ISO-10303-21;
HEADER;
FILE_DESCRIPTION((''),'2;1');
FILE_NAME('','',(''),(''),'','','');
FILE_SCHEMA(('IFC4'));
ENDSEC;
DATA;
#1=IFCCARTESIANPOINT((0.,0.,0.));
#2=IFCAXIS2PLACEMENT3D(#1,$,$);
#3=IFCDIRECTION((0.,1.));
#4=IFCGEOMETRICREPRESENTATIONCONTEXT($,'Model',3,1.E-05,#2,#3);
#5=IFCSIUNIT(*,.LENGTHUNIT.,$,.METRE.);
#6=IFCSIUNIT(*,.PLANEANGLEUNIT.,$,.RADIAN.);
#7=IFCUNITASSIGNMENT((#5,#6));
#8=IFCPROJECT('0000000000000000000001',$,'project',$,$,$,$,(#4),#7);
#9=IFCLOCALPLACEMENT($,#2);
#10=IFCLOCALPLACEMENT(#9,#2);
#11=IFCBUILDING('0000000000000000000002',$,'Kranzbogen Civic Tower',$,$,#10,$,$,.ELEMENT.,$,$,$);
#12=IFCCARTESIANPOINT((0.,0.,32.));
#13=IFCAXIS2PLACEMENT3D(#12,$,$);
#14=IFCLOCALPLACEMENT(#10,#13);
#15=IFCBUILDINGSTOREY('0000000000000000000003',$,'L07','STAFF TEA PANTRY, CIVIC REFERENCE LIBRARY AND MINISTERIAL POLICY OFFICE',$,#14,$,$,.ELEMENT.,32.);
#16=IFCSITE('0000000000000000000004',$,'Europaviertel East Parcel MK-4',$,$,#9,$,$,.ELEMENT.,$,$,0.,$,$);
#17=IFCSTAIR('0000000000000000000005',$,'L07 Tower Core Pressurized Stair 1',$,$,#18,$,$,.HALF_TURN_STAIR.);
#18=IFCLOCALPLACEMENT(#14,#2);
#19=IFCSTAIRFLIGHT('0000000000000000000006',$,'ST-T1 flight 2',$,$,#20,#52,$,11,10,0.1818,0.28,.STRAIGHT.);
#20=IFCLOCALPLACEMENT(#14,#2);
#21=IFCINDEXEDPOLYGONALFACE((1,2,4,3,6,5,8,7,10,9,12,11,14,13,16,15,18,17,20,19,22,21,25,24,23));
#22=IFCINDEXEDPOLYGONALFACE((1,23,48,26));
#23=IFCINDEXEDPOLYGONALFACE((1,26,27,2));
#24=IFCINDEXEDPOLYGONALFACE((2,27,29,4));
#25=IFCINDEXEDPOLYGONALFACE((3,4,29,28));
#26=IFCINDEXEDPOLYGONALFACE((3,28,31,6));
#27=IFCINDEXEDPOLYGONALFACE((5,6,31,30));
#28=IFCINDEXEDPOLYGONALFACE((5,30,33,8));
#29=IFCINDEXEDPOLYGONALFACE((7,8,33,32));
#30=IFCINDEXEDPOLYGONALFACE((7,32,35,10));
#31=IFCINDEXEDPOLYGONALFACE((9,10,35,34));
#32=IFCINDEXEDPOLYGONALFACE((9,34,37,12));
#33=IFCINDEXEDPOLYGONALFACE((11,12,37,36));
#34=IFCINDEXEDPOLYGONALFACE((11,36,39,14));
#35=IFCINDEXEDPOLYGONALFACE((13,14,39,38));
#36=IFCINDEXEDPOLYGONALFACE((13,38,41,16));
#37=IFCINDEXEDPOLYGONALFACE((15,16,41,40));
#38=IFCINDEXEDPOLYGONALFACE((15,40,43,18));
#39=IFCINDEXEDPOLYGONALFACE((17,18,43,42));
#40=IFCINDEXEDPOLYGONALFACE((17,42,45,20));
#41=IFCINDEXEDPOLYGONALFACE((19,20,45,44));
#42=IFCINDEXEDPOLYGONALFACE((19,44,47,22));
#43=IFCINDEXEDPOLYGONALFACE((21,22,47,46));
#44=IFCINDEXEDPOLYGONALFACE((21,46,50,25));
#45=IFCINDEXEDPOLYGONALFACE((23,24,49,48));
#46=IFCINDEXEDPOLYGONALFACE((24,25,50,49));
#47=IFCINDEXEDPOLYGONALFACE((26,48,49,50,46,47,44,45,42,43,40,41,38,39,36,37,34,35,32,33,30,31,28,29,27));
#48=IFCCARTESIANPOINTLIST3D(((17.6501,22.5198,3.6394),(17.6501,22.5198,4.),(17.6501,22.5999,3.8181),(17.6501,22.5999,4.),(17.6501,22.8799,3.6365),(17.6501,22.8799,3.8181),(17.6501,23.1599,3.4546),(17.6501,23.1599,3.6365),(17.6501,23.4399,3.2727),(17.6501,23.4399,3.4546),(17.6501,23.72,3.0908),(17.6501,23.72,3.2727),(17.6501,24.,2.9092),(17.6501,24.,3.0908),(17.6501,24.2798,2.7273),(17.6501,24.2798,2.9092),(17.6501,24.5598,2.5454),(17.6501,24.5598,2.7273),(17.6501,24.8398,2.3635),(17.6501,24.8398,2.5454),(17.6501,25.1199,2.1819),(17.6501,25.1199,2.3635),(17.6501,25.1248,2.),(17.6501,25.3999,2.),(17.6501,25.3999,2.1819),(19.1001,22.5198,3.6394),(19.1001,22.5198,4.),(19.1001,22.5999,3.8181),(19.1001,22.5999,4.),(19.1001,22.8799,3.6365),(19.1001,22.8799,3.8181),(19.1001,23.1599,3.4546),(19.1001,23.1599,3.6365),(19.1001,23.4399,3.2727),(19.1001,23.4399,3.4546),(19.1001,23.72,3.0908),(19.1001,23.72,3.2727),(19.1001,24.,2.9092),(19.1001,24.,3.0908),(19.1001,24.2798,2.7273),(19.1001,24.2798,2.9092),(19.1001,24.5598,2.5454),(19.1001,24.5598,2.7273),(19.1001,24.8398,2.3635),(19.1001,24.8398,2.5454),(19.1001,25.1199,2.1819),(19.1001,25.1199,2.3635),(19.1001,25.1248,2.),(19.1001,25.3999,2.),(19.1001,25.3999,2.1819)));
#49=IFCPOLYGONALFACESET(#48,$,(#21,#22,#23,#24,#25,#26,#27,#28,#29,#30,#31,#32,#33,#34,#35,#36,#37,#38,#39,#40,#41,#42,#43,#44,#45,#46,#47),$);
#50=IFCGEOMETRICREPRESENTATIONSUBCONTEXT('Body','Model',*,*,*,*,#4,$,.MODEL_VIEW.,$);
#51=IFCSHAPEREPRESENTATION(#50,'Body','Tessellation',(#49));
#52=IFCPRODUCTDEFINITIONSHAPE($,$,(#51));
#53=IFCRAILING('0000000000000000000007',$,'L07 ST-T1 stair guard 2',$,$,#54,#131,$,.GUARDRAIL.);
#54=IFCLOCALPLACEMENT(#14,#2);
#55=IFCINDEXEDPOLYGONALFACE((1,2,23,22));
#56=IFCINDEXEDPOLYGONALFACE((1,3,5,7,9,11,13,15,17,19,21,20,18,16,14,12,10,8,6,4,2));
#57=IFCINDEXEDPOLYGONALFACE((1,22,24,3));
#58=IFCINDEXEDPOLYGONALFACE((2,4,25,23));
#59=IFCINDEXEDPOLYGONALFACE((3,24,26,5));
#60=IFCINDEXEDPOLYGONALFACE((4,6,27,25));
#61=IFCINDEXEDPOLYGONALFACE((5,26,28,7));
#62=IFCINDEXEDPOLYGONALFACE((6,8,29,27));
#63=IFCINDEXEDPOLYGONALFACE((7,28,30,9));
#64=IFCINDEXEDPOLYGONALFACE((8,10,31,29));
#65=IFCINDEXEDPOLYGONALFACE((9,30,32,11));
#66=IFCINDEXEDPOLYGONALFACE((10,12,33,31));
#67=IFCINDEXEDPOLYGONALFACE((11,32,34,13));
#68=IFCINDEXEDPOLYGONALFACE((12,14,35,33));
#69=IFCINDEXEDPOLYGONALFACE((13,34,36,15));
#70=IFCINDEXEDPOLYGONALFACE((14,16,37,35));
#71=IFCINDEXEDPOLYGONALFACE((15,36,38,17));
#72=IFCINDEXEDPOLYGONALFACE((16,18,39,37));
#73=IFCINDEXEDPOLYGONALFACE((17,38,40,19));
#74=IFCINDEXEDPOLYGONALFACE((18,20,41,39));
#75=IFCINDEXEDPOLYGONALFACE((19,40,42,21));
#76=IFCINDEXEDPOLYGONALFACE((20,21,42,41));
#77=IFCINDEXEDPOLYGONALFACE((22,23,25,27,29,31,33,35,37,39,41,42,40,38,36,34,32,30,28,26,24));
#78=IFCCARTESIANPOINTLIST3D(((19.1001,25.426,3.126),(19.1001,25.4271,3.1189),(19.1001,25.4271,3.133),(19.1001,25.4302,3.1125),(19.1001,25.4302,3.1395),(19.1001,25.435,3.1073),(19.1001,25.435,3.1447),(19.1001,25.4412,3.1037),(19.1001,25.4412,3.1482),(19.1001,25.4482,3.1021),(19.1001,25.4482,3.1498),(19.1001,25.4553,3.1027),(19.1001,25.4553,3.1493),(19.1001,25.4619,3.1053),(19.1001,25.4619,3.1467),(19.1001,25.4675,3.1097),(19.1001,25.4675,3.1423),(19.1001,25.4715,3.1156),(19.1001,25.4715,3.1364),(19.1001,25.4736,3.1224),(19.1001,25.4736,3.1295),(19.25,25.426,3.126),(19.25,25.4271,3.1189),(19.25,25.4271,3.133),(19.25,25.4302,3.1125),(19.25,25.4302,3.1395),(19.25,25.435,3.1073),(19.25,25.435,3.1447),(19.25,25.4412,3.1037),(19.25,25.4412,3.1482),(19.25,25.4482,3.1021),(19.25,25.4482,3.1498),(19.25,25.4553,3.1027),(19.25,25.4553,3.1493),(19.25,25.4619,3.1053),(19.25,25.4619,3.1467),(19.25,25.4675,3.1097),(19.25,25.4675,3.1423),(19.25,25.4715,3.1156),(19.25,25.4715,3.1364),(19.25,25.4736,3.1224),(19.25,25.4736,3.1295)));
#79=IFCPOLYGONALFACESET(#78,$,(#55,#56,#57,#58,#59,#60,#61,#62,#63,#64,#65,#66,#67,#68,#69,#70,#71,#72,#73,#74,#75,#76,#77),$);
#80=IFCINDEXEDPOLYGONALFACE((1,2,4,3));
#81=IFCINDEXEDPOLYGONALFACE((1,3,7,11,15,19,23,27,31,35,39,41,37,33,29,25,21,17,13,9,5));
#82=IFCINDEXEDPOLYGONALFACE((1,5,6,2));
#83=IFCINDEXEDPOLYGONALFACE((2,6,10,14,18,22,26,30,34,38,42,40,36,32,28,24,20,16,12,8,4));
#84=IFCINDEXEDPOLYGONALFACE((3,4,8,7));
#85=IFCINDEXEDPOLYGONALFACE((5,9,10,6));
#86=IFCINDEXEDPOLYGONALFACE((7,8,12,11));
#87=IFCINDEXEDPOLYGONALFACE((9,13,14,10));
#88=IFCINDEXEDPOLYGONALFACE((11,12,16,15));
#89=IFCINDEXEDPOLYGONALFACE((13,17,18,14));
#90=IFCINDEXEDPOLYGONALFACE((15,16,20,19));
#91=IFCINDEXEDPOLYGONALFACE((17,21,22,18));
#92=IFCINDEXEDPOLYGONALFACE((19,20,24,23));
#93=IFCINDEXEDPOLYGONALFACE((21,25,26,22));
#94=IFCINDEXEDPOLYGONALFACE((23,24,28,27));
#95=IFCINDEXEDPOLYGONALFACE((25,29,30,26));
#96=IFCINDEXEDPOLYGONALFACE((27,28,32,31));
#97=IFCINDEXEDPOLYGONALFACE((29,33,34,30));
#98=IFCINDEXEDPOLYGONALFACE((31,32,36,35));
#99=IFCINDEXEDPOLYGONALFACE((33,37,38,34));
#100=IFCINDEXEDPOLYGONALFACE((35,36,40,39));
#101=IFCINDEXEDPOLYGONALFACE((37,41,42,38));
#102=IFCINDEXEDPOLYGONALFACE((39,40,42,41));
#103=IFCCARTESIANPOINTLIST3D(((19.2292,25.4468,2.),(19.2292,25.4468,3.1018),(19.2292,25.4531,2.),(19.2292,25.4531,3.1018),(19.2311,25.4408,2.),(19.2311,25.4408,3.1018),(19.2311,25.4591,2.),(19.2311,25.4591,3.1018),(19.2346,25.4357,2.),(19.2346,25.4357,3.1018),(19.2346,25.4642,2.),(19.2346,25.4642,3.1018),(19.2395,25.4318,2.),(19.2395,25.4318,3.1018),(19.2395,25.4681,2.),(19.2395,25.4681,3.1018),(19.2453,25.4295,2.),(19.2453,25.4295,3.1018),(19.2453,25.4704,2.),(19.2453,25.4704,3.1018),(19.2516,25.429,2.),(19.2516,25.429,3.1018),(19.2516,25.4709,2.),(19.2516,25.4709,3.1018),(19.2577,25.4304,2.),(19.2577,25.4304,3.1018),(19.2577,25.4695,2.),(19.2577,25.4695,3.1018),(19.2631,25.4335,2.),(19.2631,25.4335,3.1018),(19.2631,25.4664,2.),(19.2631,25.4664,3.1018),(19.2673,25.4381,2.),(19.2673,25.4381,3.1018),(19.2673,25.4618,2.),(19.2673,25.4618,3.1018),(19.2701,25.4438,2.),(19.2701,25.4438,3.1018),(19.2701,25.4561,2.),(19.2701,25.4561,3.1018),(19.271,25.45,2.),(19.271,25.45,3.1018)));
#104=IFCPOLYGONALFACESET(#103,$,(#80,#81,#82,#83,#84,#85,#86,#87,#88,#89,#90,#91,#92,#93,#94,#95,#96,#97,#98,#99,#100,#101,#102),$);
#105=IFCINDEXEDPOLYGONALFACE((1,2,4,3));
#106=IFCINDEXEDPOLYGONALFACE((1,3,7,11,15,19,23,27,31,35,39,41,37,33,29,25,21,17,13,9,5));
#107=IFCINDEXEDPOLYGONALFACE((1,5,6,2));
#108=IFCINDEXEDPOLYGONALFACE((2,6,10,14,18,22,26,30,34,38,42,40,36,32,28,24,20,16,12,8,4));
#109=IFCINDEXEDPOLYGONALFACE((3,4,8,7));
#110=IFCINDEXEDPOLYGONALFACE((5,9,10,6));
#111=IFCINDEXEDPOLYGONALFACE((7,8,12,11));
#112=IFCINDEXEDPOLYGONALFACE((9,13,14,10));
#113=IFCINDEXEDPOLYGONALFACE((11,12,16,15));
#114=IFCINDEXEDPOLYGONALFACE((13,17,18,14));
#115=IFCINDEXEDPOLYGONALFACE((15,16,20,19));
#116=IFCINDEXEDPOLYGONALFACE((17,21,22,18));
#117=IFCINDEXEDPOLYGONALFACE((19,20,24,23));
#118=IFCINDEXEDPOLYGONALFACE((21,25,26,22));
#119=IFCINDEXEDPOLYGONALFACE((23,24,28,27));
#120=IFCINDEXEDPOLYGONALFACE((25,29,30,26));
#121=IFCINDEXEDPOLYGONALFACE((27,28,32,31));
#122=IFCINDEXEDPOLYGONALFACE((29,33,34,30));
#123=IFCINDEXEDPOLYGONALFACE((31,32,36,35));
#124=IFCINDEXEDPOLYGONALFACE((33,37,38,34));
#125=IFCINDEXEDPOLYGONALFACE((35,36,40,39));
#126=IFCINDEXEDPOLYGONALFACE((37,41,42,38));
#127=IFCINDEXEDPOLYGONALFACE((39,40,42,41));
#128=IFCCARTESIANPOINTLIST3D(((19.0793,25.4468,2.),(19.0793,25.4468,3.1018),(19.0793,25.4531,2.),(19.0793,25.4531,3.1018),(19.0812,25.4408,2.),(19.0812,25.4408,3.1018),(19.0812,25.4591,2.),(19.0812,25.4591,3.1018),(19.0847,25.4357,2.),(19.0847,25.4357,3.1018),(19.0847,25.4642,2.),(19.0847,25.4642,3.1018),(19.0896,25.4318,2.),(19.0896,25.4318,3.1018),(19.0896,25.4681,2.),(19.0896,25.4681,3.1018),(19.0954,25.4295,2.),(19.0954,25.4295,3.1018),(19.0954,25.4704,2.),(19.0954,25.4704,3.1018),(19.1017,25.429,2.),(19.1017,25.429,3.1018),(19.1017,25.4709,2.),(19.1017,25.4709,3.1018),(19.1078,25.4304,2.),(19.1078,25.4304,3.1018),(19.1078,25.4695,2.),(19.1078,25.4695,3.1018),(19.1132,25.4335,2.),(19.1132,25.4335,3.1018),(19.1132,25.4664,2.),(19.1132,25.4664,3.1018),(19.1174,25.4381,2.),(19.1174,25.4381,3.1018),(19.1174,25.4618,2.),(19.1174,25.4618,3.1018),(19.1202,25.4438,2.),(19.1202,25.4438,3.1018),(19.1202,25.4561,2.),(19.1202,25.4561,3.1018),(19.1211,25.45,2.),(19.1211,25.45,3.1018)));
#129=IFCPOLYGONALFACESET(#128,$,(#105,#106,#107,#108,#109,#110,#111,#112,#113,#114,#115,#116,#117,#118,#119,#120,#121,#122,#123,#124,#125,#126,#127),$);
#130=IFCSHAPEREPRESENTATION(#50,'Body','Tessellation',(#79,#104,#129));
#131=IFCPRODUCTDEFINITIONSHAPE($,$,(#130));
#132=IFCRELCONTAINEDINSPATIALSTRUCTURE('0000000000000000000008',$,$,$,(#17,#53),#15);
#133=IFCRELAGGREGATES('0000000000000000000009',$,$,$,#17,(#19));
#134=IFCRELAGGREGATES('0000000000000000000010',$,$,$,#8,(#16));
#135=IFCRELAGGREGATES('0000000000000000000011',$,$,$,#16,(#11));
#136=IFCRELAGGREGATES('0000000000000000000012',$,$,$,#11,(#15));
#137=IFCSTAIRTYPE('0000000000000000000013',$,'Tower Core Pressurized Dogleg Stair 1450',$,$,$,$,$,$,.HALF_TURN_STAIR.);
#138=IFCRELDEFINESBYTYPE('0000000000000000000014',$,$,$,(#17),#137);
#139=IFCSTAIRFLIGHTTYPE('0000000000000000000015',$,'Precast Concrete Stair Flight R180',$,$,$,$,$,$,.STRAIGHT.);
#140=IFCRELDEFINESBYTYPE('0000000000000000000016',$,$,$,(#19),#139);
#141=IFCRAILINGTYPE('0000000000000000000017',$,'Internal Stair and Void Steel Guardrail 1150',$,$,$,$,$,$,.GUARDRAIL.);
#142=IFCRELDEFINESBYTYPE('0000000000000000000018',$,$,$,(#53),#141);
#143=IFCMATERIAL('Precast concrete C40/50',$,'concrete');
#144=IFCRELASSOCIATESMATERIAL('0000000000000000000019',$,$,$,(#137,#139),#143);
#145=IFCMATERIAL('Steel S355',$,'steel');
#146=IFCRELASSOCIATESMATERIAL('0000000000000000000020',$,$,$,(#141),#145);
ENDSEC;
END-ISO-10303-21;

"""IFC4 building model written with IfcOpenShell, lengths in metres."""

from ifc_helpers import new_model, si_unit, direction, frame, origin, origin_2d, place, context, subcontext, project, spatial, polyline, circle, outline, extrude, material, type_object, element, aggregate, save


model = new_model("IFC4")

# Units and contexts
model_context = context("Model", 3, precision=1e-05, world=origin(), true_north=direction((0.0, 1.0)))
body_context = subcontext(model_context, "Body", "Model", "MODEL_VIEW")
ifc_project = project(units=[si_unit("LENGTHUNIT", "METRE"), si_unit("PLANEANGLEUNIT", "RADIAN")], contexts=[model_context])

# Site, building, storey
site_placement = place(None, origin())
site = spatial("IfcSite", under=ifc_project, at=site_placement, Name="Europaviertel East Parcel MK-4", CompositionType="ELEMENT", RefElevation=0.0)
building_placement = place(site_placement, origin())
building = spatial("IfcBuilding", under=site, at=building_placement, Name="Kranzbogen Civic Tower", CompositionType="ELEMENT")
storey_placement = place(building_placement, frame((0.0, 0.0, 32.0)))
storey = spatial("IfcBuildingStorey", under=building, at=storey_placement, Name="L07", Description="STAFF TEA PANTRY, CIVIC REFERENCE LIBRARY AND MINISTERIAL POLICY OFFICE", CompositionType="ELEMENT", Elevation=32.0)

# Shared definitions
ifc_material_1 = material(Name="Steel S355", Category="steel")

# Stair, stair flight
ifc_material_2 = material(Name="Precast concrete C40/50", Category="concrete")
stair_type = type_object("IfcStairType", Name="Tower Core Pressurized Dogleg Stair 1450", PredefinedType="HALF_TURN_STAIR", material=ifc_material_2)
stair_placement = place(storey_placement, origin())
stair = element("IfcStair", 1, at=stair_placement, inside=storey, type_object=stair_type, Name="L07 Tower Core Pressurized Stair 1", PredefinedType="HALF_TURN_STAIR")
stair_flight_type = type_object("IfcStairFlightType", Name="Precast Concrete Stair Flight R180", PredefinedType="STRAIGHT", material=ifc_material_2)
stair_flight_placement = place(storey_placement, frame((18.375, 25.3999, 2.0), z_axis=(0.0, 0.0, 1.0), x_axis=(0.0, -1.0, 0.0)))
stair_flight = element("IfcStairFlight", 2, at=stair_flight_placement, type_object=stair_flight_type, Name="ST-T1 flight 2", NumberOfRisers=11, NumberOfTreads=10, PredefinedType="STRAIGHT", RiserHeight=0.1818, TreadLength=0.28, context=body_context, shape_type="SweptSolid", body=[
    extrude(outline(polyline([(0.0, 0.0), (0.0, 0.1819), (0.28, 0.1819), (0.28, 0.3635), (0.5601, 0.3635), (0.5601, 0.5454), (0.8401, 0.5454), (0.8401, 0.7273), (1.1201, 0.7273), (1.1201, 0.9092), (1.3999, 0.9092), (1.3999, 1.0908), (1.6799, 1.0908), (1.6799, 1.2727), (1.96, 1.2727), (1.96, 1.4546), (2.24, 1.4546), (2.24, 1.6365), (2.52, 1.6365), (2.52, 1.8181), (2.8, 1.8181), (2.8, 2.0), (2.8801, 2.0), (2.8801, 1.6394), (0.2751, 0.0), (0.0, 0.0)])), frame((0.0, 0.7251, 0.0), z_axis=(0.0, -1.0, 0.0), x_axis=(1.0, 0.0, 0.0)), (0.0, 0.0, 1.0), 1.45),
])
aggregate(stair, [stair_flight])

# Railing
railing_type_1 = type_object("IfcRailingType", Name="Internal Stair and Void Steel Guardrail 1150", PredefinedType="GUARDRAIL", material=ifc_material_1)
railing_1_placement = place(storey_placement, frame((19.25, 25.45, 2.0)))
element("IfcRailing", 3, at=railing_1_placement, inside=storey, type_object=railing_type_1, Name="L07 ST-T1 stair guard 2", PredefinedType="GUARDRAIL", context=body_context, shape_type="SweptSolid", body=[
    extrude(circle(Radius=0.0239, at=origin_2d()), frame((0.0, 0.0, 1.126), z_axis=(-1.0, 0.0, 0.0), x_axis=(0.0, -1.0, 0.0)), (0.0, 0.0, 1.0), 0.1499),
    extrude(circle(Radius=0.021, at=origin_2d()), origin(), (0.0, 0.0, 1.0), 1.1018),
    extrude(circle(Radius=0.021, at=origin_2d()), frame((-0.1499, 0.0, 0.0)), (0.0, 0.0, 1.0), 1.1018),
])

save(model, "model.ifc")
